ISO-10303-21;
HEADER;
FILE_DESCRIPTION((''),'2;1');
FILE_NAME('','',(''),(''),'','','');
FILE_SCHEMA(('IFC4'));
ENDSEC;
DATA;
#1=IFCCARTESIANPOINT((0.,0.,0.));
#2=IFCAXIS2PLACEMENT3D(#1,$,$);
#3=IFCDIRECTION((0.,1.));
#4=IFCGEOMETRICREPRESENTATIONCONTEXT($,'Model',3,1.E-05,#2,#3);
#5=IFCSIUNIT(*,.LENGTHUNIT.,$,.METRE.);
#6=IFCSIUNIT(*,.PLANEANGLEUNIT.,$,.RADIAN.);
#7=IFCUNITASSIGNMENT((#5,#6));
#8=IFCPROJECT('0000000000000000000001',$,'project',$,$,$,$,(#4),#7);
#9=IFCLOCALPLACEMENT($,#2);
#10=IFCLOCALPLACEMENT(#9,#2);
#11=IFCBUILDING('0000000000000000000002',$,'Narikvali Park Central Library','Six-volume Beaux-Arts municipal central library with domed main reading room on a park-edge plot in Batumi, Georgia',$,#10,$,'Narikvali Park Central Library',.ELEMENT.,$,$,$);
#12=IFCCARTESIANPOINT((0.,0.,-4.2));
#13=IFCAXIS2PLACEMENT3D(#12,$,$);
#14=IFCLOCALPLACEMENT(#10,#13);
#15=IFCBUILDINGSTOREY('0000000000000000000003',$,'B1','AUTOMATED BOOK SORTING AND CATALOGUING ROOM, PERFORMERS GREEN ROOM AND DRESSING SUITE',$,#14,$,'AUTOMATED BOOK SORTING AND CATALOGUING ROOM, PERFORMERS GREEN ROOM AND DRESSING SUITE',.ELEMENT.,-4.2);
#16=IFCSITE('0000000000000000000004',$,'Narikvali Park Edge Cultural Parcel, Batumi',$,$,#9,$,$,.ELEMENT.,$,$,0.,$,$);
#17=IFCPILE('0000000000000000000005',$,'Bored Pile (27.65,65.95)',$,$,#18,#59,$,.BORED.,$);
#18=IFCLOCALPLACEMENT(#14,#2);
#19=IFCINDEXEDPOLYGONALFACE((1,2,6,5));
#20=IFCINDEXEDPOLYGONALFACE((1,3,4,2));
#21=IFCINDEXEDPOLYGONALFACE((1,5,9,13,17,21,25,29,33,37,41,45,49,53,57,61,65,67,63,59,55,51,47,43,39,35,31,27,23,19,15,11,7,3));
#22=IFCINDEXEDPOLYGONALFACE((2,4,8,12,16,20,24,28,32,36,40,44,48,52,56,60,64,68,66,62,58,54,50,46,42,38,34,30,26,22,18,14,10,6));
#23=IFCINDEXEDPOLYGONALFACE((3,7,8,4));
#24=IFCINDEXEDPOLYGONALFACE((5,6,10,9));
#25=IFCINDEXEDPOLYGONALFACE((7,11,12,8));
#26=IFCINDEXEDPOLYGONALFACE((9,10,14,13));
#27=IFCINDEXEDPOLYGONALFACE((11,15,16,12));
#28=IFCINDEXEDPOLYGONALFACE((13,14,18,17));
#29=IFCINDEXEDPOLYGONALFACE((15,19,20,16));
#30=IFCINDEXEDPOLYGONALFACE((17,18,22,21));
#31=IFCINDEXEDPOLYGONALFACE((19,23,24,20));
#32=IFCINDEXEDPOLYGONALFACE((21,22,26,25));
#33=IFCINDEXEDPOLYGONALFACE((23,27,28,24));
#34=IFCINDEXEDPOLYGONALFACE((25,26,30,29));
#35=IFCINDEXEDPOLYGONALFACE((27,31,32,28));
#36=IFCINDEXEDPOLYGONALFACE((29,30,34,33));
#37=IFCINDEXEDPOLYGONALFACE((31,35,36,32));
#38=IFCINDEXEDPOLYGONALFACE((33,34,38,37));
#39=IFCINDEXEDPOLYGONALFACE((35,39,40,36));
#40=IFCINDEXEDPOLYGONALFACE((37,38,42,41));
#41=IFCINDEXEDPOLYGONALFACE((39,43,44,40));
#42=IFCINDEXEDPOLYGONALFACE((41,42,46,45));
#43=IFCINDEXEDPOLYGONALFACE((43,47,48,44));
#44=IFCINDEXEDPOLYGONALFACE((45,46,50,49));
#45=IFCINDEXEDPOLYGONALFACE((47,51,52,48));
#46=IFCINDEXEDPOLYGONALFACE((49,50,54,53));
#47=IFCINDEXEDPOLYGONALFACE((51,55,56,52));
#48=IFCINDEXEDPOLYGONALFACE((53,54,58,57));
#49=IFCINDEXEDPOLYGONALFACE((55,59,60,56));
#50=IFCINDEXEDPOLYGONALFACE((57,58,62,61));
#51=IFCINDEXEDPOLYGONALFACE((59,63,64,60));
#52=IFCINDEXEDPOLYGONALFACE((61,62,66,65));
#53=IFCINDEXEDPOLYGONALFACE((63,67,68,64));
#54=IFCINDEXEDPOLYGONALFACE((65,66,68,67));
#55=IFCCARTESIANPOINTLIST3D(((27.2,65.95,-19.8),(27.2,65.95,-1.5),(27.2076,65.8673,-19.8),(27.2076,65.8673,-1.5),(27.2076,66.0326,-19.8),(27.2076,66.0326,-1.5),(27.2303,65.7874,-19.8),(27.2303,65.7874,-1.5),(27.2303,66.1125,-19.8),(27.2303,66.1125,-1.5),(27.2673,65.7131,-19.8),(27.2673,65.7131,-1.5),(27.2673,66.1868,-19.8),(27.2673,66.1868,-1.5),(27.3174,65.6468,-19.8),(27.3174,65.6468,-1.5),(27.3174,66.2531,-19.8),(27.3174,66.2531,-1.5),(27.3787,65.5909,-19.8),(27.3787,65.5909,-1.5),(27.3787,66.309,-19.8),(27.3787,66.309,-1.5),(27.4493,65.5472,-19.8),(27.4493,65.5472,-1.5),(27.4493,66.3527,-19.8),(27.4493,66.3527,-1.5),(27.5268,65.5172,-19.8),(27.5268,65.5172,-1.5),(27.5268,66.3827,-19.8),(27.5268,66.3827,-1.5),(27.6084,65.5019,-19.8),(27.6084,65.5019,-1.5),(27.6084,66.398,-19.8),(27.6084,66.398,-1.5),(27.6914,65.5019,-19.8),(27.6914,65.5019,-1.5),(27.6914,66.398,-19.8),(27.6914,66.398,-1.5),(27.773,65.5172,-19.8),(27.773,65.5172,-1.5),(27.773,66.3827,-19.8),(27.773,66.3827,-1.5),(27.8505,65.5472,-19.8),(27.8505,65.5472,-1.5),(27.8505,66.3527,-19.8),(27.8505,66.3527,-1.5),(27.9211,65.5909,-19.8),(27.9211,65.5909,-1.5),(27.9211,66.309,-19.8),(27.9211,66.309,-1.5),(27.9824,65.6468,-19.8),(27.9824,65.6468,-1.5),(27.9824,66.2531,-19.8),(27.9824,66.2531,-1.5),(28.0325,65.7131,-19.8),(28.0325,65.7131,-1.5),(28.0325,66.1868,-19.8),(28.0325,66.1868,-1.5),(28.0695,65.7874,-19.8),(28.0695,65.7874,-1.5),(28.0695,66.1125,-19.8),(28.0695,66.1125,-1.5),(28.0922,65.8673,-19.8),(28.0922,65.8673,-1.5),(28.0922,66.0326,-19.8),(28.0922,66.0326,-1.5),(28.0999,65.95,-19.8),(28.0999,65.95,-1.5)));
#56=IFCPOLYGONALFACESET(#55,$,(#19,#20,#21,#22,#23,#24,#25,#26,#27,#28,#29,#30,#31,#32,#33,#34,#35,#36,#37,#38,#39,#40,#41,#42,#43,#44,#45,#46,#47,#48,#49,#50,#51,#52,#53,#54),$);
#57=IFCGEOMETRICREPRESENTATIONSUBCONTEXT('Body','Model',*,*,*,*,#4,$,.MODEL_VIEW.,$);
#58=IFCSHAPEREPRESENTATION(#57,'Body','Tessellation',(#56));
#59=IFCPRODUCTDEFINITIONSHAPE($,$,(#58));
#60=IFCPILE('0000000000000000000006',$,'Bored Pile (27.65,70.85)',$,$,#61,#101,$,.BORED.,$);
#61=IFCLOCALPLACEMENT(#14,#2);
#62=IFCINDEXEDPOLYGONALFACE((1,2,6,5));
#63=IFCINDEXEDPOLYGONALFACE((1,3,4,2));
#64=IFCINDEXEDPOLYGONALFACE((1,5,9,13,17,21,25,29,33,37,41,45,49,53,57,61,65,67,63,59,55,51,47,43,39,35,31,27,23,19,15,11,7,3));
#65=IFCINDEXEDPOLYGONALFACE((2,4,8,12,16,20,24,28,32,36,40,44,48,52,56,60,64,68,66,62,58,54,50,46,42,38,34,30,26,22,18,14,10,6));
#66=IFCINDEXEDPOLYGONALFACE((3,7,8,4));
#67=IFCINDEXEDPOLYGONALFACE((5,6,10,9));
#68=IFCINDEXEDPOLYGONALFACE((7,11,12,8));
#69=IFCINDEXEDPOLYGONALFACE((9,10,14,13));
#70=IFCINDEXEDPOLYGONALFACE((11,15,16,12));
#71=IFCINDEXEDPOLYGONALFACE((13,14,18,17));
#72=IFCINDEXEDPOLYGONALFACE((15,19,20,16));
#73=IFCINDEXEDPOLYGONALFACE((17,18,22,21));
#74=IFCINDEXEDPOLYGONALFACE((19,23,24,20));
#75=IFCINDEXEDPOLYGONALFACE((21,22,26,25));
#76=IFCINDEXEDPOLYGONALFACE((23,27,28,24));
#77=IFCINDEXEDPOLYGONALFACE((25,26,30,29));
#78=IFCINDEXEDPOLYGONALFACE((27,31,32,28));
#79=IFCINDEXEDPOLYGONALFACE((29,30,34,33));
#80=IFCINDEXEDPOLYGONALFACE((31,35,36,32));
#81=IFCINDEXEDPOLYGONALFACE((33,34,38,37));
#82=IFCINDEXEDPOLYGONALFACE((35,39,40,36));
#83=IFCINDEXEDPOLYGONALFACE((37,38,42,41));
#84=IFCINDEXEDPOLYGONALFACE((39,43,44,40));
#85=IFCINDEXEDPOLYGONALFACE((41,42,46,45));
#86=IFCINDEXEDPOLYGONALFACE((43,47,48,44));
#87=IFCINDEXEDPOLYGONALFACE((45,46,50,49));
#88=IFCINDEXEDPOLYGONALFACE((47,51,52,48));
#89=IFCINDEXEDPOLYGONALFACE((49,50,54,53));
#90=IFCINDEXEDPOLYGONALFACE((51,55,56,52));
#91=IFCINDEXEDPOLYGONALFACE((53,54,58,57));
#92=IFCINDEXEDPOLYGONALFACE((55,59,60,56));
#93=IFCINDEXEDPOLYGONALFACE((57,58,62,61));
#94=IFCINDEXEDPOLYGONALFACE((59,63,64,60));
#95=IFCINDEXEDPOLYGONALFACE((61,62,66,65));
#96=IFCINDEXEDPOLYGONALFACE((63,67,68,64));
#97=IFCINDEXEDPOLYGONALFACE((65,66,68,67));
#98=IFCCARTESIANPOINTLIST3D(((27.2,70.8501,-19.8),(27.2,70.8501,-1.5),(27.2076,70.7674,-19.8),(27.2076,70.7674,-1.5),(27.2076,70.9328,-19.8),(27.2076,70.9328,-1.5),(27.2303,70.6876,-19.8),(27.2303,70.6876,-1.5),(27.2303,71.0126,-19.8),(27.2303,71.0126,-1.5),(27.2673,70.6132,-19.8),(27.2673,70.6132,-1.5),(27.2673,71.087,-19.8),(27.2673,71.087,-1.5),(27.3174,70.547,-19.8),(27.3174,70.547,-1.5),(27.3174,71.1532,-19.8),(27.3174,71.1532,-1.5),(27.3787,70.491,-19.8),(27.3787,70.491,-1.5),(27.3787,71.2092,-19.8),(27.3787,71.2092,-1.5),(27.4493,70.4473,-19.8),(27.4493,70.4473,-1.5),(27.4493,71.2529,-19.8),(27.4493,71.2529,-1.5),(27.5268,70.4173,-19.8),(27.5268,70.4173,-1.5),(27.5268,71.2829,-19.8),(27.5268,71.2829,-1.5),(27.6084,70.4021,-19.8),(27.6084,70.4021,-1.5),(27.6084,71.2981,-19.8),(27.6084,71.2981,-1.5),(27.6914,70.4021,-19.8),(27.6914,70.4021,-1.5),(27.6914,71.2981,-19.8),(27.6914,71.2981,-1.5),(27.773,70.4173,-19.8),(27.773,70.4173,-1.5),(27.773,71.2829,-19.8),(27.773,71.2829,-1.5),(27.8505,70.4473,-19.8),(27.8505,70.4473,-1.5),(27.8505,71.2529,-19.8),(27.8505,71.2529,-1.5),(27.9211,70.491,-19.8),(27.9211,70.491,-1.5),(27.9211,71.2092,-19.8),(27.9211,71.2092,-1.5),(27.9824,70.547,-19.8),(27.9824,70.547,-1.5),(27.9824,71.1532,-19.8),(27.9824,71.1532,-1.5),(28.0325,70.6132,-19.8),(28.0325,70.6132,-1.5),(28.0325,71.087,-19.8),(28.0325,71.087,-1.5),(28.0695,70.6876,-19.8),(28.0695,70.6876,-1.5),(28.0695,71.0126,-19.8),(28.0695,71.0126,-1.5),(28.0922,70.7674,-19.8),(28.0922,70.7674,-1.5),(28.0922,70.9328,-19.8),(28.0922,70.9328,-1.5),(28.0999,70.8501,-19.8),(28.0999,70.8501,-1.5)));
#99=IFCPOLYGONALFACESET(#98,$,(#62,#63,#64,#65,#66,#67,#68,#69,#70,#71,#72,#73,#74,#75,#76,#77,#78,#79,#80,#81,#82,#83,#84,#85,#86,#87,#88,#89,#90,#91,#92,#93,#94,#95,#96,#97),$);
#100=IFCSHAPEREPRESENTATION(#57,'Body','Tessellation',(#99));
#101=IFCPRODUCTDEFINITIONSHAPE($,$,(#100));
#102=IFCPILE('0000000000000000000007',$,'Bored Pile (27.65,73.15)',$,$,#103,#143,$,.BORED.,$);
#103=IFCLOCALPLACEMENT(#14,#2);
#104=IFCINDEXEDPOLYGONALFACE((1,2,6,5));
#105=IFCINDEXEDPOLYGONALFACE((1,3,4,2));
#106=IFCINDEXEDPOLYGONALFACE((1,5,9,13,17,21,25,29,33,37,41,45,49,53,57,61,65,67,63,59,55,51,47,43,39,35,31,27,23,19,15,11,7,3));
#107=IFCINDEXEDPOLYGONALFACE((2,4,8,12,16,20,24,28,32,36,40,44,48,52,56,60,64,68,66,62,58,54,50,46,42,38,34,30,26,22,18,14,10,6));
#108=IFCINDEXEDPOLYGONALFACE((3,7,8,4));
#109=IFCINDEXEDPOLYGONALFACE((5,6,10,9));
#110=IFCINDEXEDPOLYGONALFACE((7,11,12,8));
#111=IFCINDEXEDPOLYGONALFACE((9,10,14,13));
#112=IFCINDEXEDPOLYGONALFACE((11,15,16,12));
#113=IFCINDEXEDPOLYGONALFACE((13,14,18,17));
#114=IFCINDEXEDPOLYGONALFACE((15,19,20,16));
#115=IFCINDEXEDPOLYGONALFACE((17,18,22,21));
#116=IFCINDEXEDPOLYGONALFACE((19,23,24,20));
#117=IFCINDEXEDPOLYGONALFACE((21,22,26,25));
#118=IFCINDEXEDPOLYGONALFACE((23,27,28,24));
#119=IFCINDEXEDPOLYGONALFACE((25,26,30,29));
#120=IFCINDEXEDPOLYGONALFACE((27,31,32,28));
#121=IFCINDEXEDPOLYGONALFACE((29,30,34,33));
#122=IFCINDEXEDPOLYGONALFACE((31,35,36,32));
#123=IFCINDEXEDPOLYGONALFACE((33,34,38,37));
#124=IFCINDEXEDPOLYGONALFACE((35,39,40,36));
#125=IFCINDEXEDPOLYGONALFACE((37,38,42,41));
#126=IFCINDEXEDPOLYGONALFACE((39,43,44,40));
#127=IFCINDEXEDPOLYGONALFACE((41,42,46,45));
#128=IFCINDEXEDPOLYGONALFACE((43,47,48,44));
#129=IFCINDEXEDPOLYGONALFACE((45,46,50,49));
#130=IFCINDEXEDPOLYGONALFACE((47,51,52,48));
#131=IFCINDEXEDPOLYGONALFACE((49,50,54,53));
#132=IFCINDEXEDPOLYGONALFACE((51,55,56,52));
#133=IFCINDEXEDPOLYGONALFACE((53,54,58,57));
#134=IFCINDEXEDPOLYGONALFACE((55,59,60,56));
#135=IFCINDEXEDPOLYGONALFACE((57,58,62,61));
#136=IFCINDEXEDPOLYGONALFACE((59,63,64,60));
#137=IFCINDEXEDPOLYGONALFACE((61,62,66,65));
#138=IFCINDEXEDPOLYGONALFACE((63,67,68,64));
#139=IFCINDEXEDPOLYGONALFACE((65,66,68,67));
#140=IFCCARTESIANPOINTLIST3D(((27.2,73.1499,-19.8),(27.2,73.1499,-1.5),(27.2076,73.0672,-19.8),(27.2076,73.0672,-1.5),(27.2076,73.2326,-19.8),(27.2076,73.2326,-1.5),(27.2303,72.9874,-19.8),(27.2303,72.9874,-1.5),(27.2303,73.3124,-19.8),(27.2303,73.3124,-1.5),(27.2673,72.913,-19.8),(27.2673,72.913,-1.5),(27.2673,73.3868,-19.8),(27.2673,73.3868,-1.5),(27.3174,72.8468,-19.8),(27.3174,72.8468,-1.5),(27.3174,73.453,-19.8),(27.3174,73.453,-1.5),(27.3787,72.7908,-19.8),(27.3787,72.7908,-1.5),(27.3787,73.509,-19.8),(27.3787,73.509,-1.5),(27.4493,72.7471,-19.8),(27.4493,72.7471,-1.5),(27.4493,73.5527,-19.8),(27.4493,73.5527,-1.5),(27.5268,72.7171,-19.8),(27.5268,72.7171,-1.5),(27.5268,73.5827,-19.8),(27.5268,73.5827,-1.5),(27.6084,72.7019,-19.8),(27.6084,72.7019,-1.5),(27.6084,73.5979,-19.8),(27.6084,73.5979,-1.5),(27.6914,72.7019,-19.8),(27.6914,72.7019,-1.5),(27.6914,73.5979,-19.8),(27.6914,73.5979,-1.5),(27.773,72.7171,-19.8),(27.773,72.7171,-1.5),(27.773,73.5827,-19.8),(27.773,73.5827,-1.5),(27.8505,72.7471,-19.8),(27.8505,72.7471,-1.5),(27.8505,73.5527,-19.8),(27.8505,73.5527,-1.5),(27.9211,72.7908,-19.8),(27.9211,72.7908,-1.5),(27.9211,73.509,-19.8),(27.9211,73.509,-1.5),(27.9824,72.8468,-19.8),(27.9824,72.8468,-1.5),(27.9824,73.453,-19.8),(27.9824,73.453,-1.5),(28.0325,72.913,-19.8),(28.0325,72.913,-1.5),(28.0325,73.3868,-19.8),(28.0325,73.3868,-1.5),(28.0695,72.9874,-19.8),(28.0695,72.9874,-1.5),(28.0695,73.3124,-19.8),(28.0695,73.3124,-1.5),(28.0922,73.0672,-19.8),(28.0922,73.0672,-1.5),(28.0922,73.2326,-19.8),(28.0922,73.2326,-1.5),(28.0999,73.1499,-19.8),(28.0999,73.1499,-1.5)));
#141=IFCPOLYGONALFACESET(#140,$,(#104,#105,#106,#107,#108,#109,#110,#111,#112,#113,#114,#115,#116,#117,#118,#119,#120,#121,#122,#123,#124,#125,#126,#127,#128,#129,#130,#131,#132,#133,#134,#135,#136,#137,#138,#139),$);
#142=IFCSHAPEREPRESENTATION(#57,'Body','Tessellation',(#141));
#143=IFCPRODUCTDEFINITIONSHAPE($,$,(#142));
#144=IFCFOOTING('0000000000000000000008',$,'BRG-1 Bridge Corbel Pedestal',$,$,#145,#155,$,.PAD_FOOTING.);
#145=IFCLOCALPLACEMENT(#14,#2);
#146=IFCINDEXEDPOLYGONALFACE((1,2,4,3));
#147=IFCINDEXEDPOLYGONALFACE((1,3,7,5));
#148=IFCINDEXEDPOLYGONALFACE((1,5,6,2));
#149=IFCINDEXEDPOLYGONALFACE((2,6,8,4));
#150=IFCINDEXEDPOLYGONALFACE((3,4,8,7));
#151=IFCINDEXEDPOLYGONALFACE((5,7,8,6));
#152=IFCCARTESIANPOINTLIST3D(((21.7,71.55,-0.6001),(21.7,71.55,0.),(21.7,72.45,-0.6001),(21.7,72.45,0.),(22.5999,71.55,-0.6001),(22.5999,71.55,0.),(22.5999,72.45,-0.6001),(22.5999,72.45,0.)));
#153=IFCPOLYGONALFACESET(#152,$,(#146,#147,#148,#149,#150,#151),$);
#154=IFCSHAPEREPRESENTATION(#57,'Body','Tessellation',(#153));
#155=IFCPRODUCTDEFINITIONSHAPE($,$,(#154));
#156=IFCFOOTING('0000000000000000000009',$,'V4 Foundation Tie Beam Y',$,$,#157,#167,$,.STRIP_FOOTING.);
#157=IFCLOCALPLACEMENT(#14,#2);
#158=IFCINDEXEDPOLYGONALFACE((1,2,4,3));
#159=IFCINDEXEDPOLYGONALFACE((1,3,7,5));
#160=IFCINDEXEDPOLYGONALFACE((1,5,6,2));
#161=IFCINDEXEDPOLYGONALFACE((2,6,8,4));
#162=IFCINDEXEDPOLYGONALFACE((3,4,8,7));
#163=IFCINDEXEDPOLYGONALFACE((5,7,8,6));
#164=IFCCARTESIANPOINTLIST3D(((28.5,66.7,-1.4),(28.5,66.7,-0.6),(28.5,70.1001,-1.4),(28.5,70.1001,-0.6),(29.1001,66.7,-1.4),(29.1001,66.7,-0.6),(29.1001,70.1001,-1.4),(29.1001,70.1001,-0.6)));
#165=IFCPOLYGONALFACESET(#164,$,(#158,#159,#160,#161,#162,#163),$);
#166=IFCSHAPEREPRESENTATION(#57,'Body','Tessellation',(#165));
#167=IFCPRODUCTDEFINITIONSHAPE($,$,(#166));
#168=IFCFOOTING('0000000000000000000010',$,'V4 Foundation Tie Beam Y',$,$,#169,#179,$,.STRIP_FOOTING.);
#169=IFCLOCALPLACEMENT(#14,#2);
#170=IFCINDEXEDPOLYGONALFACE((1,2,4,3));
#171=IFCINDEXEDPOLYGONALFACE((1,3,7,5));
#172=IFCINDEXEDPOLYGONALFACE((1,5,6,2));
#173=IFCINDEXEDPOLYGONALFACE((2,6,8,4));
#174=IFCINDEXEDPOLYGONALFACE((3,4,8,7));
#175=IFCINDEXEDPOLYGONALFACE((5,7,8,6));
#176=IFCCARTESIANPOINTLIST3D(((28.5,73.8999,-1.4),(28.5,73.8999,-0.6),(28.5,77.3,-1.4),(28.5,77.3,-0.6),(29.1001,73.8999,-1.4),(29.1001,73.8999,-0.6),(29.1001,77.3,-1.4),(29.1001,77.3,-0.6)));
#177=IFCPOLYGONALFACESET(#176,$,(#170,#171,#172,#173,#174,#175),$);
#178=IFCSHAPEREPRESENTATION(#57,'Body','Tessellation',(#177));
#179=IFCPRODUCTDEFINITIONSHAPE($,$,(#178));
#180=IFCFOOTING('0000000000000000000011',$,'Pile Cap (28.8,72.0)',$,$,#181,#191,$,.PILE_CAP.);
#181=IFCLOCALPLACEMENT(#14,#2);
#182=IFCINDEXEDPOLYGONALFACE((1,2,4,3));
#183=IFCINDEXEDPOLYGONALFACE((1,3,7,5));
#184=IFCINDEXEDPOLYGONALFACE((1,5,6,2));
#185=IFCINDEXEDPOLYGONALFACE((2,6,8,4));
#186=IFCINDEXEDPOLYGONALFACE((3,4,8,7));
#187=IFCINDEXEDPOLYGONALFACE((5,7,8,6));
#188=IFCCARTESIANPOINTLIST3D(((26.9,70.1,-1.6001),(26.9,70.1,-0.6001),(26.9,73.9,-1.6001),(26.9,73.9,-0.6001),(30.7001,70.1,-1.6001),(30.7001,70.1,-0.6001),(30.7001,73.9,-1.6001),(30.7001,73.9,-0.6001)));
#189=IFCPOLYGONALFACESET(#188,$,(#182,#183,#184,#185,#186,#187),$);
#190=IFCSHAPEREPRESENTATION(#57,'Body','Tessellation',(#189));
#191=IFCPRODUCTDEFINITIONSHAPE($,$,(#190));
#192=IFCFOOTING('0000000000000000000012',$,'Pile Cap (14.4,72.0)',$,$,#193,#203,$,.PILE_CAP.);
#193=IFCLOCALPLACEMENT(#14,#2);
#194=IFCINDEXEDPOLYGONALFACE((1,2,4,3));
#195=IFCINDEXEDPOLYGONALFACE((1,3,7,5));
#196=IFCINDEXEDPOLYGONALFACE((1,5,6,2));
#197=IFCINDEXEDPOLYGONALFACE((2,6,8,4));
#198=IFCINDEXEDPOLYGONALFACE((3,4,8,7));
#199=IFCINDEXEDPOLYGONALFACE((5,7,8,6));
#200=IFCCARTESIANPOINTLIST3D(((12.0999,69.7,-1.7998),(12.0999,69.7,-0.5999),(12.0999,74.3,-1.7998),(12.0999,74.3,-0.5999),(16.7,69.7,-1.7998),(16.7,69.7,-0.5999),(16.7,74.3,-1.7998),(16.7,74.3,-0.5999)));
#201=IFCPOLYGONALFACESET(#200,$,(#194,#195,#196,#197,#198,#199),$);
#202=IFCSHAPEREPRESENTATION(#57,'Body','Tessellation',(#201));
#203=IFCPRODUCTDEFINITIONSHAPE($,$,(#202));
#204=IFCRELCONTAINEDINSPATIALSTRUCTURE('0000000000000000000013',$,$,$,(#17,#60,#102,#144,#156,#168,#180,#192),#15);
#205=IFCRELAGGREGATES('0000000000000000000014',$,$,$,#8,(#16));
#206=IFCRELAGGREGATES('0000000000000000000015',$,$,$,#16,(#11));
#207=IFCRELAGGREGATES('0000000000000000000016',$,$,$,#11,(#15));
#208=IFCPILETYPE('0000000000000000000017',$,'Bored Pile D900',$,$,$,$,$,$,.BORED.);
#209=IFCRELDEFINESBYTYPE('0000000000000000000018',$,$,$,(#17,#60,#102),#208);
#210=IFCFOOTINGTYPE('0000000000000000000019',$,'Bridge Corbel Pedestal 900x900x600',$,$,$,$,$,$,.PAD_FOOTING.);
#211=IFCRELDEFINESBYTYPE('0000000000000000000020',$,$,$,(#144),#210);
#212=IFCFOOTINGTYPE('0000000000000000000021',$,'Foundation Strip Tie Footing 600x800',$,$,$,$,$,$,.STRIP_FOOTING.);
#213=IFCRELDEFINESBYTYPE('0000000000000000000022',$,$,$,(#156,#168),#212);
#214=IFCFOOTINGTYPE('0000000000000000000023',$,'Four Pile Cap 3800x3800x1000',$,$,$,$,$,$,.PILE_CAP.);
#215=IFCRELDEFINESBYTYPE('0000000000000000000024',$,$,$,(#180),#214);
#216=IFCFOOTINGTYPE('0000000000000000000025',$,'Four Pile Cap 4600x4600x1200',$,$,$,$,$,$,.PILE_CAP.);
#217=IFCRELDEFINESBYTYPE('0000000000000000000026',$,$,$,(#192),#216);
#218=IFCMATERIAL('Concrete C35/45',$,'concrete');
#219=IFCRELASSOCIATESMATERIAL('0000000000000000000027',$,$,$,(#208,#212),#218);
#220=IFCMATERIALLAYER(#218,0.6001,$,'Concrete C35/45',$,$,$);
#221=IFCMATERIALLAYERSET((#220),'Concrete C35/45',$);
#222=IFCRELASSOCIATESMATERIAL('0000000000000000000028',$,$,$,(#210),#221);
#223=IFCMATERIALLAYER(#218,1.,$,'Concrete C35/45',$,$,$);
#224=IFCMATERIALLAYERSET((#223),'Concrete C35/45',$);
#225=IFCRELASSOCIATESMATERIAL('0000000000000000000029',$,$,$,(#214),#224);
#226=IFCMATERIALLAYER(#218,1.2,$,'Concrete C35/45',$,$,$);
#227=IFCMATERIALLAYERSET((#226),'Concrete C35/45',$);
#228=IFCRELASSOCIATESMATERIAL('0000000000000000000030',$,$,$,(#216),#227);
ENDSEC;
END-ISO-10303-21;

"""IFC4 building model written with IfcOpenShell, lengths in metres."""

from ifc_helpers import new_model, si_unit, direction, frame, origin, origin_2d, place, context, subcontext, project, spatial, rectangle, circle, extrude, material, layer, layer_set, material_profile, profile_set, type_object, element, save


model = new_model("IFC4")

# Units and contexts
model_context = context("Model", 3, precision=1e-05, world=origin(), true_north=direction((0.0, 1.0)))
body_context = subcontext(model_context, "Body", "Model", "MODEL_VIEW")
ifc_project = project(units=[si_unit("LENGTHUNIT", "METRE"), si_unit("PLANEANGLEUNIT", "RADIAN")], contexts=[model_context])

# Site, building, storey
site_placement = place(None, origin())
site = spatial("IfcSite", under=ifc_project, at=site_placement, Name="Narikvali Park Edge Cultural Parcel, Batumi", CompositionType="ELEMENT", RefElevation=0.0)
building_placement = place(site_placement, origin())
building = spatial("IfcBuilding", under=site, at=building_placement, Name="Narikvali Park Central Library", Description="Six-volume Beaux-Arts municipal central library with domed main reading room on a park-edge plot in Batumi, Georgia", LongName="Narikvali Park Central Library", CompositionType="ELEMENT")
storey_placement = place(building_placement, frame((0.0, 0.0, -4.2)))
storey = spatial("IfcBuildingStorey", under=building, at=storey_placement, Name="B1", Description="AUTOMATED BOOK SORTING AND CATALOGUING ROOM, PERFORMERS GREEN ROOM AND DRESSING SUITE", LongName="AUTOMATED BOOK SORTING AND CATALOGUING ROOM, PERFORMERS GREEN ROOM AND DRESSING SUITE", CompositionType="ELEMENT", Elevation=-4.2)

# Piles
ifc_material_1 = material(Name="Concrete C35/45", Category="concrete")
ifc_material_profile_1 = material_profile(ifc_material_1, circle(Radius=0.45, at=origin_2d()), Name="PILE D900")
ifc_profile_set_1 = profile_set([ifc_material_profile_1], Name="Concrete C35/45")
pile_type_1 = type_object("IfcPileType", Name="Bored Pile D900", PredefinedType="BORED", material=ifc_profile_set_1)
for number, where, z_axis, x_axis, name in (
    (1, (27.6499, 65.95, -1.5), (0.0, 0.0, -1.0), (1.0, 0.0, 0.0), "Bored Pile (27.65,65.95)"),
    (2, (27.6499, 70.8501, -1.5), (0.0, 0.0, -1.0), (1.0, 0.0, 0.0), "Bored Pile (27.65,70.85)"),
    (3, (27.6499, 73.1499, -1.5), (0.0, 0.0, -1.0), (1.0, 0.0, 0.0), "Bored Pile (27.65,73.15)"),
):
    element("IfcPile", number, at=place(storey_placement, frame(where, z_axis=z_axis, x_axis=x_axis)), inside=storey, type_object=pile_type_1, Name=name, PredefinedType="BORED", context=body_context, shape_type="SweptSolid", body=[
        extrude(circle(Radius=0.45, at=origin_2d()), origin(), (0.0, 0.0, 1.0), 18.3),
    ])

# Footings
ifc_layer_1 = layer(ifc_material_1, 0.6001, Name="Concrete C35/45")
ifc_layer_set_1 = layer_set([ifc_layer_1], Name="Concrete C35/45")
footing_type_1 = type_object("IfcFootingType", Name="Bridge Corbel Pedestal 900x900x600", PredefinedType="PAD_FOOTING", material=ifc_layer_set_1)
footing_1_placement = place(storey_placement, frame((22.1499, 72.0, -0.6001), z_axis=(0.0, 0.0, 1.0), x_axis=(1.0, 0.0, 0.0)))
element("IfcFooting", 4, at=footing_1_placement, inside=storey, type_object=footing_type_1, Name="BRG-1 Bridge Corbel Pedestal", PredefinedType="PAD_FOOTING", context=body_context, shape_type="SweptSolid", body=[
    extrude(rectangle(XDim=0.8999, YDim=0.8999, at=origin_2d()), origin(), (0.0, 0.0, 1.0), 0.6001),
])
ifc_material_profile_2 = material_profile(ifc_material_1, rectangle(XDim=0.6001, YDim=0.8, at=origin_2d()), Name="RC GB 600x800")
ifc_profile_set_2 = profile_set([ifc_material_profile_2], Name="Concrete C35/45")
footing_type_2 = type_object("IfcFootingType", Name="Foundation Strip Tie Footing 600x800", PredefinedType="STRIP_FOOTING", material=ifc_profile_set_2)
for number, where, z_axis, x_axis, name in (
    (5, (28.8, 66.7, -1.0), (0.0, 1.0, 0.0), (-1.0, 0.0, 0.0), "V4 Foundation Tie Beam Y"),
    (6, (28.8, 73.8999, -1.0), (0.0, 1.0, 0.0), (-1.0, 0.0, 0.0), "V4 Foundation Tie Beam Y"),
):
    element("IfcFooting", number, at=place(storey_placement, frame(where, z_axis=z_axis, x_axis=x_axis)), inside=storey, type_object=footing_type_2, Name=name, PredefinedType="STRIP_FOOTING", context=body_context, shape_type="SweptSolid", body=[
        extrude(rectangle(XDim=0.6001, YDim=0.8, at=origin_2d()), origin(), (0.0, 0.0, 1.0), 3.4001),
    ])
ifc_layer_2 = layer(ifc_material_1, 1.0, Name="Concrete C35/45")
ifc_layer_set_2 = layer_set([ifc_layer_2], Name="Concrete C35/45")
footing_type_3 = type_object("IfcFootingType", Name="Four Pile Cap 3800x3800x1000", PredefinedType="PILE_CAP", material=ifc_layer_set_2)
footing_2_placement = place(storey_placement, frame((28.8, 72.0, -1.6001), z_axis=(0.0, 0.0, 1.0), x_axis=(1.0, 0.0, 0.0)))
element("IfcFooting", 7, at=footing_2_placement, inside=storey, type_object=footing_type_3, Name="Pile Cap (28.8,72.0)", PredefinedType="PILE_CAP", context=body_context, shape_type="SweptSolid", body=[
    extrude(rectangle(XDim=3.8, YDim=3.8, at=origin_2d()), origin(), (0.0, 0.0, 1.0), 1.0),
])
ifc_layer_3 = layer(ifc_material_1, 1.2, Name="Concrete C35/45")
ifc_layer_set_3 = layer_set([ifc_layer_3], Name="Concrete C35/45")
footing_type_4 = type_object("IfcFootingType", Name="Four Pile Cap 4600x4600x1200", PredefinedType="PILE_CAP", material=ifc_layer_set_3)
for number, where, z_axis, x_axis, name in (
    (8, (14.3999, 72.0, -1.7998), (0.0, 0.0, 1.0), (1.0, 0.0, 0.0), "Pile Cap (14.4,72.0)"),
):
    element("IfcFooting", number, at=place(storey_placement, frame(where, z_axis=z_axis, x_axis=x_axis)), inside=storey, type_object=footing_type_4, Name=name, PredefinedType="PILE_CAP", context=body_context, shape_type="SweptSolid", body=[
        extrude(rectangle(XDim=4.6001, YDim=4.6001, at=origin_2d()), origin(), (0.0, 0.0, 1.0), 1.2),
    ])

save(model, "model.ifc")
